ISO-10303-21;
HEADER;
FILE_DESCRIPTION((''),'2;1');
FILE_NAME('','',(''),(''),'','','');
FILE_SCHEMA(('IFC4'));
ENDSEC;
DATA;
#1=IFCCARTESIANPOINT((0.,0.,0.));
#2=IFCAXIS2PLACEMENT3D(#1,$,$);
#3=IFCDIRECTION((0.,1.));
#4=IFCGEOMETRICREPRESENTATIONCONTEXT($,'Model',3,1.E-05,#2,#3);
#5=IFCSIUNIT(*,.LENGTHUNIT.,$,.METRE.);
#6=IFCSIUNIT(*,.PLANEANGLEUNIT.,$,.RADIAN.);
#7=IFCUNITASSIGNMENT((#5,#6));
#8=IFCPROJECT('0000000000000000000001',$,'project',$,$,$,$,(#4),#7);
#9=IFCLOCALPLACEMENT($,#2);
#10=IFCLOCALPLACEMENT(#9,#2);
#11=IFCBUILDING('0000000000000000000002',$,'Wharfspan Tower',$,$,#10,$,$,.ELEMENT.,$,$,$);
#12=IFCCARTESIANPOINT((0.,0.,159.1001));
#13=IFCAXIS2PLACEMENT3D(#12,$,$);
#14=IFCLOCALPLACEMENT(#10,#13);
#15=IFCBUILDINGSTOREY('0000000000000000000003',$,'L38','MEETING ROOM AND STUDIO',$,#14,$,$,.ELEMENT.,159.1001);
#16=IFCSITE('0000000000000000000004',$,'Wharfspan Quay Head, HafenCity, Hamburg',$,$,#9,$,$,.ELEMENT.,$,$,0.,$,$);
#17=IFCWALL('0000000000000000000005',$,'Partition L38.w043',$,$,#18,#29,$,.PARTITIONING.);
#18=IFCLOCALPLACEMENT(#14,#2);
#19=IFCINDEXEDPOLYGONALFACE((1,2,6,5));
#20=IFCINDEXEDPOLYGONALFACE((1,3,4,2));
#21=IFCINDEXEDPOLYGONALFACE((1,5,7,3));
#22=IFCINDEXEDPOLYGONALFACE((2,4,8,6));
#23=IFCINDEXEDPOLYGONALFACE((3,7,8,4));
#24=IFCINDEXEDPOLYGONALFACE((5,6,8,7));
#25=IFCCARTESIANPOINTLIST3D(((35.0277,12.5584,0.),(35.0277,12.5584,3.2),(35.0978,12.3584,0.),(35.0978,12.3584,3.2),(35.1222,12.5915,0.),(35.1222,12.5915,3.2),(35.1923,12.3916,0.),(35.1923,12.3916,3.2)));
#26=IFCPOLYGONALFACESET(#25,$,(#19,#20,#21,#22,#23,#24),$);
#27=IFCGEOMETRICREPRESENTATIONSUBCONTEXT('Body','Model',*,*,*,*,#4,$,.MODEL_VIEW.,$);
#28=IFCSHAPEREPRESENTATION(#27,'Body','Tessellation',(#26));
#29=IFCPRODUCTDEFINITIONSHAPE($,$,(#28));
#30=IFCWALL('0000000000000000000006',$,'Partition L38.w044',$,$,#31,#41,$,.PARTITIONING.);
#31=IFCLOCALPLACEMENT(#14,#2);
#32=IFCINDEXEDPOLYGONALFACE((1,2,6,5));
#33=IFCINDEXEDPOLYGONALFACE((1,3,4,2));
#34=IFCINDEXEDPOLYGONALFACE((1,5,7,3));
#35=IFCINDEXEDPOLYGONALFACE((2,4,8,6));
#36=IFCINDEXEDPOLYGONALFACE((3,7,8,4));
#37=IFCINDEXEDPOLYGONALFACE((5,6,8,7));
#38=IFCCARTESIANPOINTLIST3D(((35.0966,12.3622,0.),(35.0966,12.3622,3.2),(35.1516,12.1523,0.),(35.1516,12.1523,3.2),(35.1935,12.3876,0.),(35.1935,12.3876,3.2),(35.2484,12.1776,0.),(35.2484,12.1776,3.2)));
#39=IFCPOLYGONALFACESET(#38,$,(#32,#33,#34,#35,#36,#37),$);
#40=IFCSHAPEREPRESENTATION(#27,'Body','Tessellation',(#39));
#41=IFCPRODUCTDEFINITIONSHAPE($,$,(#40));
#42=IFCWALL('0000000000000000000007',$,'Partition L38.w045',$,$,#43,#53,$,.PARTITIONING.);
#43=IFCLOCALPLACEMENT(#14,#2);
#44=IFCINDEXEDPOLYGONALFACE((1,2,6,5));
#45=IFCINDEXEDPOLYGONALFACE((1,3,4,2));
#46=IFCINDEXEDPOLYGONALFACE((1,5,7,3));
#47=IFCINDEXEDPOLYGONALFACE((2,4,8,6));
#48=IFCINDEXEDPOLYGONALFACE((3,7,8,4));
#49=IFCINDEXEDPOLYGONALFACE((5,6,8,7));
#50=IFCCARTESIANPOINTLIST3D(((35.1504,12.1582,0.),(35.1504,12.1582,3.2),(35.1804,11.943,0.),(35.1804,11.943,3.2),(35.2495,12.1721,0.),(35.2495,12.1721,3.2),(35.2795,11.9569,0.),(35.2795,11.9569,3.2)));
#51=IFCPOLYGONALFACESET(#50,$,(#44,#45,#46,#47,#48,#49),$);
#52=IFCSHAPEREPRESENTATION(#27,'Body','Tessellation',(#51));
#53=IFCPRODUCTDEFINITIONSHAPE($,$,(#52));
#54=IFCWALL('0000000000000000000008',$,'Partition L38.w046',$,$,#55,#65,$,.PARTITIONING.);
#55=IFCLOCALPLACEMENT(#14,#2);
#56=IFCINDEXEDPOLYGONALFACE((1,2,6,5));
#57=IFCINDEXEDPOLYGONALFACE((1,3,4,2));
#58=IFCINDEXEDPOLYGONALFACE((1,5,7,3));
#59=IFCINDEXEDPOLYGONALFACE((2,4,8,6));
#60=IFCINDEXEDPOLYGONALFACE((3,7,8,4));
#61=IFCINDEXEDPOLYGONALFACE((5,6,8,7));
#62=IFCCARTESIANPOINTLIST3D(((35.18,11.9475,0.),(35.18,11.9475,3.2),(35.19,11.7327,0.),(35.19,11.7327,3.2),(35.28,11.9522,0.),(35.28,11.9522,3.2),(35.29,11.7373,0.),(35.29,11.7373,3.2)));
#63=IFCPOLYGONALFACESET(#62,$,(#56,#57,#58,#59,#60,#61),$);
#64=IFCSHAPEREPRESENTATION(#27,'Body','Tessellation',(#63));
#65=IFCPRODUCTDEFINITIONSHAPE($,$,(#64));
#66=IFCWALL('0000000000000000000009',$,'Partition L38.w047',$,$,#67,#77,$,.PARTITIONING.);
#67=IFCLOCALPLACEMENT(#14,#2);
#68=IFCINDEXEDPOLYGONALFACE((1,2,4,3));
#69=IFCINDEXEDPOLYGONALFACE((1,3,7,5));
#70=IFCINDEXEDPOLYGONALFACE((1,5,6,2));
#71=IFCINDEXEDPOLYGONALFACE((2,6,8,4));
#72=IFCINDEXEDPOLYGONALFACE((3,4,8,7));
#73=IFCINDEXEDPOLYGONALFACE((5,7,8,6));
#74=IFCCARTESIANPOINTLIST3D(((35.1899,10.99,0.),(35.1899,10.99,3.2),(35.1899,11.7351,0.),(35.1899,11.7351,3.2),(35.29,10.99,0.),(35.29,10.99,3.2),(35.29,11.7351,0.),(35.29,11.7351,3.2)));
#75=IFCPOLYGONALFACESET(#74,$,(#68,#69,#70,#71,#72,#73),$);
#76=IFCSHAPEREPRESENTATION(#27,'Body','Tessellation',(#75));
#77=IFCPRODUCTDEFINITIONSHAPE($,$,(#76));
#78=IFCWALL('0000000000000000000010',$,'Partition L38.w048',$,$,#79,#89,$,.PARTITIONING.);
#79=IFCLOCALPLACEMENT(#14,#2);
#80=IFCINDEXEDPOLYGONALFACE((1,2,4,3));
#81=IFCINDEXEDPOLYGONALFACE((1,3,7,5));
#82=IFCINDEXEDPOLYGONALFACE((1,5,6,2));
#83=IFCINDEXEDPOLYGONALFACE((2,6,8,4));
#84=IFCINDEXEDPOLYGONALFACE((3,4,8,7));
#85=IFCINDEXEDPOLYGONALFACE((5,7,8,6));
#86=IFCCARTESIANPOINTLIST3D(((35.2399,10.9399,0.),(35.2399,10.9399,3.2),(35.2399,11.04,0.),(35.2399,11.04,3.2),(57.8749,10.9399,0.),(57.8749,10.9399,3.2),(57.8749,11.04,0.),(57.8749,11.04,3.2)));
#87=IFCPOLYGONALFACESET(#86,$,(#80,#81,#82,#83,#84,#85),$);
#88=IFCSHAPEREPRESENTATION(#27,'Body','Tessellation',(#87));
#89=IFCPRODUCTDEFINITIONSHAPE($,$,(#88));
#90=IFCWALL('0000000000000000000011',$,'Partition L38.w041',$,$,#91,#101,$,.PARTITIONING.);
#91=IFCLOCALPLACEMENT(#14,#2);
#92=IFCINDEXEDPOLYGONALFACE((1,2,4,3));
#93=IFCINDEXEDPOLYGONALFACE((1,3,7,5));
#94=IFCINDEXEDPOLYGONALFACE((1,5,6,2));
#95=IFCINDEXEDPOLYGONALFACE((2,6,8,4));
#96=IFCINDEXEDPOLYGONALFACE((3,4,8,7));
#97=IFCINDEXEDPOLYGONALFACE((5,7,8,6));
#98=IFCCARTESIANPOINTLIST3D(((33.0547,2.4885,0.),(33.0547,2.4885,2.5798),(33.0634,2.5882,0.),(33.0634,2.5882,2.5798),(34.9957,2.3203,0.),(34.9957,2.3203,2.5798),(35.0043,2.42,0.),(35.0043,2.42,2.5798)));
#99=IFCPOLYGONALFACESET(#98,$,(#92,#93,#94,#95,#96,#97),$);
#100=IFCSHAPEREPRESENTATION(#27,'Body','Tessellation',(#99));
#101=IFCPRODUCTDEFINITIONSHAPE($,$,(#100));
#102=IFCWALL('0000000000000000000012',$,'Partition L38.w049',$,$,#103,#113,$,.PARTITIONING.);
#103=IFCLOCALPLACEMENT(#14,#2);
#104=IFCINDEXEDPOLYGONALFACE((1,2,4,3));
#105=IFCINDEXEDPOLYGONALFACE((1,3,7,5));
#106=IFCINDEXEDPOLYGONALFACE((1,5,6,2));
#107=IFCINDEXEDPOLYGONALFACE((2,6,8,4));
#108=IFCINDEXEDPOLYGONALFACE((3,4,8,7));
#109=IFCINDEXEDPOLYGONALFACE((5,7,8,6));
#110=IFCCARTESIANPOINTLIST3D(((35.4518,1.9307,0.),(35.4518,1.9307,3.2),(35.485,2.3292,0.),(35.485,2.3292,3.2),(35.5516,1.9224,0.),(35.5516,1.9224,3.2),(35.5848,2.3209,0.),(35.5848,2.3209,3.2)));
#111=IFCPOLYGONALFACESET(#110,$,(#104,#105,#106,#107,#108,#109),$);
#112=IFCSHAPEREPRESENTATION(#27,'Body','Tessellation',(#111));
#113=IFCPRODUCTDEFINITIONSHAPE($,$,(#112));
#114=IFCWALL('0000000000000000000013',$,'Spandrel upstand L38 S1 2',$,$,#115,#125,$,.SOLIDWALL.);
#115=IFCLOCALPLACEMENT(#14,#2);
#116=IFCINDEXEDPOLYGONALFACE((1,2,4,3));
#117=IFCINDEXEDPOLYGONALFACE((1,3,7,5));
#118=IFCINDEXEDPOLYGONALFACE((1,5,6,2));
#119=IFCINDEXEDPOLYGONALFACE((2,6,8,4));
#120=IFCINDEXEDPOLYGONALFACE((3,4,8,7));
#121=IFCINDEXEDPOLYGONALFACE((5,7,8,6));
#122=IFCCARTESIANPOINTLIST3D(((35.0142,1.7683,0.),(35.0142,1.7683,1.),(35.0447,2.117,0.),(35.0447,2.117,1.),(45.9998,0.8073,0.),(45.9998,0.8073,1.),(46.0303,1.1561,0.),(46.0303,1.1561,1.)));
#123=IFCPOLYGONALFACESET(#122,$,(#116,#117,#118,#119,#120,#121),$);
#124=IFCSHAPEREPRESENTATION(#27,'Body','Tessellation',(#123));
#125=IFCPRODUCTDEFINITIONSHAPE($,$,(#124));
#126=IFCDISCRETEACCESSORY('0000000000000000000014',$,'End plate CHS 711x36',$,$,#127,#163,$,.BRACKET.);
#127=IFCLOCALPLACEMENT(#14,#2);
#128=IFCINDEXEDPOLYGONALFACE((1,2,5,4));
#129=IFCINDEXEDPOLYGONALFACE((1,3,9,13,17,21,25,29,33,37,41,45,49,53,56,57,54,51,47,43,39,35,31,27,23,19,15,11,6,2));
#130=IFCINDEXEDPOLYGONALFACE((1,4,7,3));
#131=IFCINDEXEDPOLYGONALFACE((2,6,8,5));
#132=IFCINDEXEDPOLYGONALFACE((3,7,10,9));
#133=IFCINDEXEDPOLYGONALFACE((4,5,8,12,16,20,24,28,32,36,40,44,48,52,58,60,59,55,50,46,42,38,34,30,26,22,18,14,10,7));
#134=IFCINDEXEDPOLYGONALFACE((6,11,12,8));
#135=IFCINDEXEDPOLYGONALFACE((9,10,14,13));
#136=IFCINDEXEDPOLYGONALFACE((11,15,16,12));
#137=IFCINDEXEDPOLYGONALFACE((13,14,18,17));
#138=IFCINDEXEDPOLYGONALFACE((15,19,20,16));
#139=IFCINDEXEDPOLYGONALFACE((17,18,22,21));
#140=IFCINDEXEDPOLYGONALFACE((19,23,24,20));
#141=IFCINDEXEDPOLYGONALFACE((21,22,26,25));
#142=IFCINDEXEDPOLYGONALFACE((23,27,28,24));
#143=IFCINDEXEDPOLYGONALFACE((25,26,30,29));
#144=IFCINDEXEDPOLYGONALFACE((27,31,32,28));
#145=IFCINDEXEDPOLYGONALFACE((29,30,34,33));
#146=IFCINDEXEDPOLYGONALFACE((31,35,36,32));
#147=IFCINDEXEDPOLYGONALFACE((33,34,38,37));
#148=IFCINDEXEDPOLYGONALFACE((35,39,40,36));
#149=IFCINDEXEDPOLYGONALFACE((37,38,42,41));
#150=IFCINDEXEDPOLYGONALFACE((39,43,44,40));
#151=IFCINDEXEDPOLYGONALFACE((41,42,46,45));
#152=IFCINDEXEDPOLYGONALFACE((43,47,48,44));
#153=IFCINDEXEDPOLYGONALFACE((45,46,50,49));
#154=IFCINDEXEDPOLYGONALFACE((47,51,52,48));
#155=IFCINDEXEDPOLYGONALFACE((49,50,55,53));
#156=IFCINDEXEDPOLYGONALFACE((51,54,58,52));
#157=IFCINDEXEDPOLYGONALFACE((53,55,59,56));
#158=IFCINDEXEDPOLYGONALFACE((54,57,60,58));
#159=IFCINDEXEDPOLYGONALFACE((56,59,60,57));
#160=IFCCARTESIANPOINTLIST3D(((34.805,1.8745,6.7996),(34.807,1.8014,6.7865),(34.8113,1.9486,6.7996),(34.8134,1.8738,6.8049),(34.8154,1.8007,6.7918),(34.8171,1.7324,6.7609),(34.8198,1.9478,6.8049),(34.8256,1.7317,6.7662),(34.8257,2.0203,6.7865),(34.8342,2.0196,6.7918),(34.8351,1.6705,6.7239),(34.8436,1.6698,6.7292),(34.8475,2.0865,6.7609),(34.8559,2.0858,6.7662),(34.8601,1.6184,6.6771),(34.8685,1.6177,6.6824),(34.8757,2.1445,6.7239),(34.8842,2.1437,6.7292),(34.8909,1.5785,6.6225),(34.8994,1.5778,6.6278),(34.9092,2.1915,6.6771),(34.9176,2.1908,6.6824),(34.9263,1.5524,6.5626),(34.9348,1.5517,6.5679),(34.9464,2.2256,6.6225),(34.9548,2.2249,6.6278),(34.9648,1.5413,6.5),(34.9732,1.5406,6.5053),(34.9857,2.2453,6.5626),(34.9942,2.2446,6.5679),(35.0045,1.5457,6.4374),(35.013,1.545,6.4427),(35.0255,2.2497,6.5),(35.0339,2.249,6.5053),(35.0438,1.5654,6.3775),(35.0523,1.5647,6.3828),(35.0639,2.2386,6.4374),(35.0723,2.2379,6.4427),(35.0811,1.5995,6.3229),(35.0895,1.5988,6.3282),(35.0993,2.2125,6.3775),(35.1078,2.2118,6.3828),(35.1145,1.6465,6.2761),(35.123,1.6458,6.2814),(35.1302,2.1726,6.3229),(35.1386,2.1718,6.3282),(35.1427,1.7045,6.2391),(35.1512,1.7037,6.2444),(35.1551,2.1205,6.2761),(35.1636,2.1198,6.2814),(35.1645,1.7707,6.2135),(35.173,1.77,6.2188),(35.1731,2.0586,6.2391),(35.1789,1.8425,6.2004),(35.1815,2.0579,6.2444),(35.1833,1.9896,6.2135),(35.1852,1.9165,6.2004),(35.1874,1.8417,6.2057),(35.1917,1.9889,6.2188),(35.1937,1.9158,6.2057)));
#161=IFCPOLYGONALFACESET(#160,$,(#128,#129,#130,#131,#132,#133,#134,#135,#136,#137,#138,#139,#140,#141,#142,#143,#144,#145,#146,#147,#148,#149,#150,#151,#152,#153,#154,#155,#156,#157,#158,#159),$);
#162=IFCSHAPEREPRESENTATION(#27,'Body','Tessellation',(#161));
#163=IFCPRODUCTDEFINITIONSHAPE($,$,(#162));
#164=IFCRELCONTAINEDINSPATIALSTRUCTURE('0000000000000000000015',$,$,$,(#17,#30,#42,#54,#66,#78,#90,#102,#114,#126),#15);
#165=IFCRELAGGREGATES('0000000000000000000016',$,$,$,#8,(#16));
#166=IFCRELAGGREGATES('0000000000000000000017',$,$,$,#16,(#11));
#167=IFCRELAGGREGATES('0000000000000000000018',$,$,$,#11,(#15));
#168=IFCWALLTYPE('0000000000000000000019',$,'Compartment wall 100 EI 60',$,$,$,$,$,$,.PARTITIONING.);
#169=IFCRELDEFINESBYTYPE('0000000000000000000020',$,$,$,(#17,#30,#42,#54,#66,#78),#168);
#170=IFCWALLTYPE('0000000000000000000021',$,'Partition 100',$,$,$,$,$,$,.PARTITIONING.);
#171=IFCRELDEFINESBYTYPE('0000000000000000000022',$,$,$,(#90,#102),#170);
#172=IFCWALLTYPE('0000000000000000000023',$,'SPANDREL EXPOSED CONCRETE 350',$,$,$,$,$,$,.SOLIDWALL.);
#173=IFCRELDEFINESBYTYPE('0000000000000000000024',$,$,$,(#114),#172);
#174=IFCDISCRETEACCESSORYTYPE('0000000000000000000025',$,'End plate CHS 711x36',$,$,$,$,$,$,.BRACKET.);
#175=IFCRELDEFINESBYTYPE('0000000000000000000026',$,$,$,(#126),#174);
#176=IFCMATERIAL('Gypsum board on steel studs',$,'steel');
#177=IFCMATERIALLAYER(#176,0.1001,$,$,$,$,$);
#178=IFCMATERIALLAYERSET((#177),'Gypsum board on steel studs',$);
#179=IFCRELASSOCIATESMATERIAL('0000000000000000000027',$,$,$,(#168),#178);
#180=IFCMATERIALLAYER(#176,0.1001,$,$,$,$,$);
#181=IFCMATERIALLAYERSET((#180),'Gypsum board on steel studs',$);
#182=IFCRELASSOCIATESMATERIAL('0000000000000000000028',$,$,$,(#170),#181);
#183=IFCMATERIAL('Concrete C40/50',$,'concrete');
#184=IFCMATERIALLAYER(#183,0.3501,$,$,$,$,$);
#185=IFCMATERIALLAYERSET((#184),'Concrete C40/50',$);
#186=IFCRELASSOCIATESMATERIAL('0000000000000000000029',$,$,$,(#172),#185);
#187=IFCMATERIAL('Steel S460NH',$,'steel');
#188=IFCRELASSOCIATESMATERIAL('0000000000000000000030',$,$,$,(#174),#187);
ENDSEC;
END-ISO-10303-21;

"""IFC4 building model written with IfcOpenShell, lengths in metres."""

from ifc_helpers import new_model, si_unit, direction, frame, frame_2d, origin, origin_2d, place, context, subcontext, project, spatial, rectangle, circle, extrude, material, layer, layer_set, material_profile, profile_set, type_object, element, save


model = new_model("IFC4")

# Units and contexts
model_context = context("Model", 3, precision=1e-05, world=origin(), true_north=direction((0.0, 1.0)))
body_context = subcontext(model_context, "Body", "Model", "MODEL_VIEW")
ifc_project = project(units=[si_unit("LENGTHUNIT", "METRE"), si_unit("PLANEANGLEUNIT", "RADIAN")], contexts=[model_context])

# Site, building, storey
site_placement = place(None, origin())
site = spatial("IfcSite", under=ifc_project, at=site_placement, Name="Wharfspan Quay Head, HafenCity, Hamburg", CompositionType="ELEMENT", RefElevation=0.0)
building_placement = place(site_placement, origin())
building = spatial("IfcBuilding", under=site, at=building_placement, Name="Wharfspan Tower", CompositionType="ELEMENT")
storey_placement = place(building_placement, frame((0.0, 0.0, 159.1001)))
storey = spatial("IfcBuildingStorey", under=building, at=storey_placement, Name="L38", Description="MEETING ROOM AND STUDIO", CompositionType="ELEMENT", Elevation=159.1001)

# Shared definitions
ifc_material_1 = material(Name="Gypsum board on steel studs", Category="steel")
ifc_layer_1 = layer(ifc_material_1, 0.1001)
ifc_layer_set_1 = layer_set([ifc_layer_1], Name="Gypsum board on steel studs")
wall_type_1 = type_object("IfcWallType", Name="Compartment wall 100 EI 60", PredefinedType="PARTITIONING", material=ifc_layer_set_1)

# Walls
wall_1_placement = place(storey_placement, frame((35.145, 12.375, 0.0), z_axis=(0.0, 0.0, 1.0), x_axis=(-0.330711, 0.943736, 0.0)))
element("IfcWall", 1, at=wall_1_placement, inside=storey, type_object=wall_type_1, Name="Partition L38.w043", PredefinedType="PARTITIONING", context=body_context, shape_type="SweptSolid", body=[
    extrude(rectangle(XDim=0.2119, YDim=0.1001, at=frame_2d((0.106, 0.0))), origin(), (0.0, 0.0, 1.0), 3.2),
])
wall_2_placement = place(storey_placement, frame((35.2, 12.165, 0.0), z_axis=(0.0, 0.0, 1.0), x_axis=(-0.253108, 0.967435, 0.0)))
element("IfcWall", 2, at=wall_2_placement, inside=storey, type_object=wall_type_1, Name="Partition L38.w044", PredefinedType="PARTITIONING", context=body_context, shape_type="SweptSolid", body=[
    extrude(rectangle(XDim=0.217, YDim=0.1001, at=frame_2d((0.1084, 0.0))), origin(), (0.0, 0.0, 1.0), 3.2),
])
wall_3_placement = place(storey_placement, frame((35.23, 11.95, 0.0), z_axis=(0.0, 0.0, 1.0), x_axis=(-0.138273, 0.990394, 0.0)))
element("IfcWall", 3, at=wall_3_placement, inside=storey, type_object=wall_type_1, Name="Partition L38.w045", PredefinedType="PARTITIONING", context=body_context, shape_type="SweptSolid", body=[
    extrude(rectangle(XDim=0.2173, YDim=0.1001, at=frame_2d((0.1086, 0.0))), origin(), (0.0, 0.0, 1.0), 3.2),
])
wall_4_placement = place(storey_placement, frame((35.24, 11.7351, 0.0), z_axis=(0.0, 0.0, 1.0), x_axis=(-0.04654, 0.998912, 0.0)))
element("IfcWall", 4, at=wall_4_placement, inside=storey, type_object=wall_type_1, Name="Partition L38.w046", PredefinedType="PARTITIONING", context=body_context, shape_type="SweptSolid", body=[
    extrude(rectangle(XDim=0.2151, YDim=0.1001, at=frame_2d((0.1074, 0.0))), origin(), (0.0, 0.0, 1.0), 3.2),
])
wall_5_placement = place(storey_placement, frame((35.24, 10.99, 0.0), z_axis=(0.0, 0.0, 1.0), x_axis=(0.0, 1.0, 0.0)))
element("IfcWall", 5, at=wall_5_placement, inside=storey, type_object=wall_type_1, Name="Partition L38.w047", PredefinedType="PARTITIONING", context=body_context, shape_type="SweptSolid", body=[
    extrude(rectangle(XDim=0.7451, YDim=0.1001, at=frame_2d((0.3726, 0.0))), origin(), (0.0, 0.0, 1.0), 3.2),
])
wall_6_placement = place(storey_placement, frame((35.24, 10.99, 0.0), z_axis=(0.0, 0.0, 1.0), x_axis=(1.0, 0.0, 0.0)))
element("IfcWall", 6, at=wall_6_placement, inside=storey, type_object=wall_type_1, Name="Partition L38.w048", PredefinedType="PARTITIONING", context=body_context, shape_type="SweptSolid", body=[
    extrude(rectangle(XDim=22.635, YDim=0.1001, at=frame_2d((11.3174, 0.0))), origin(), (0.0, 0.0, 1.0), 3.2),
])
ifc_layer_2 = layer(ifc_material_1, 0.1001)
ifc_layer_set_2 = layer_set([ifc_layer_2], Name="Gypsum board on steel studs")
wall_type_2 = type_object("IfcWallType", Name="Partition 100", PredefinedType="PARTITIONING", material=ifc_layer_set_2)
wall_7_placement = place(storey_placement, frame((35.0, 2.3701, 0.0), z_axis=(0.0, 0.0, 1.0), x_axis=(-0.996265, 0.086343, 0.0)))
element("IfcWall", 7, at=wall_7_placement, inside=storey, type_object=wall_type_2, Name="Partition L38.w041", PredefinedType="PARTITIONING", context=body_context, shape_type="SweptSolid", body=[
    extrude(rectangle(XDim=1.9482, YDim=0.1001, at=frame_2d((0.9741, 0.0))), origin(), (0.0, 0.0, 1.0), 2.5798),
])
wall_8_placement = place(storey_placement, frame((35.5017, 1.9265, 0.0), z_axis=(0.0, 0.0, 1.0), x_axis=(0.083045, 0.996542, 0.0)))
element("IfcWall", 8, at=wall_8_placement, inside=storey, type_object=wall_type_2, Name="Partition L38.w049", PredefinedType="PARTITIONING", context=body_context, shape_type="SweptSolid", body=[
    extrude(rectangle(XDim=0.3999, YDim=0.1001, at=frame_2d((0.2, 0.0))), origin(), (0.0, 0.0, 1.0), 3.2),
])
ifc_material_2 = material(Name="Concrete C40/50", Category="concrete")
ifc_layer_3 = layer(ifc_material_2, 0.3501)
ifc_layer_set_3 = layer_set([ifc_layer_3], Name="Concrete C40/50")
wall_type_3 = type_object("IfcWallType", Name="SPANDREL EXPOSED CONCRETE 350", PredefinedType="SOLIDWALL", material=ifc_layer_set_3)
wall_9_placement = place(storey_placement, frame((35.0295, 1.9426, 0.0), z_axis=(0.0, 0.0, 1.0), x_axis=(0.996199, -0.08714, 0.0)))
element("IfcWall", 9, at=wall_9_placement, inside=storey, type_object=wall_type_3, Name="Spandrel upstand L38 S1 2", PredefinedType="SOLIDWALL", context=body_context, shape_type="SweptSolid", body=[
    extrude(rectangle(XDim=11.0276, YDim=0.3501, at=frame_2d((5.5137, 0.0))), origin(), (0.0, 0.0, 1.0), 1.0),
])

# Discrete accessory
ifc_material_3 = material(Name="Steel S460NH", Category="steel")
ifc_material_profile_1 = material_profile(ifc_material_3, circle(Radius=0.3555, at=origin_2d()))
ifc_profile_set_1 = profile_set([ifc_material_profile_1], Name="Steel S460NH")
discrete_accessory_type = type_object("IfcDiscreteAccessoryType", Name="End plate CHS 711x36", PredefinedType="BRACKET", material=ifc_profile_set_1)
discrete_accessory_placement = place(storey_placement, frame((34.9951, 1.8955, 6.5), z_axis=(0.844416, -0.072379, 0.530776), x_axis=(0.085402, 0.99635, 0.0)))
element("IfcDiscreteAccessory", 10, at=discrete_accessory_placement, inside=storey, type_object=discrete_accessory_type, Name="End plate CHS 711x36", PredefinedType="BRACKET", context=body_context, shape_type="SweptSolid", body=[
    extrude(circle(Radius=0.3555, at=origin_2d()), origin(), (0.0, 0.0, 1.0), 0.01),
])

save(model, "model.ifc")
